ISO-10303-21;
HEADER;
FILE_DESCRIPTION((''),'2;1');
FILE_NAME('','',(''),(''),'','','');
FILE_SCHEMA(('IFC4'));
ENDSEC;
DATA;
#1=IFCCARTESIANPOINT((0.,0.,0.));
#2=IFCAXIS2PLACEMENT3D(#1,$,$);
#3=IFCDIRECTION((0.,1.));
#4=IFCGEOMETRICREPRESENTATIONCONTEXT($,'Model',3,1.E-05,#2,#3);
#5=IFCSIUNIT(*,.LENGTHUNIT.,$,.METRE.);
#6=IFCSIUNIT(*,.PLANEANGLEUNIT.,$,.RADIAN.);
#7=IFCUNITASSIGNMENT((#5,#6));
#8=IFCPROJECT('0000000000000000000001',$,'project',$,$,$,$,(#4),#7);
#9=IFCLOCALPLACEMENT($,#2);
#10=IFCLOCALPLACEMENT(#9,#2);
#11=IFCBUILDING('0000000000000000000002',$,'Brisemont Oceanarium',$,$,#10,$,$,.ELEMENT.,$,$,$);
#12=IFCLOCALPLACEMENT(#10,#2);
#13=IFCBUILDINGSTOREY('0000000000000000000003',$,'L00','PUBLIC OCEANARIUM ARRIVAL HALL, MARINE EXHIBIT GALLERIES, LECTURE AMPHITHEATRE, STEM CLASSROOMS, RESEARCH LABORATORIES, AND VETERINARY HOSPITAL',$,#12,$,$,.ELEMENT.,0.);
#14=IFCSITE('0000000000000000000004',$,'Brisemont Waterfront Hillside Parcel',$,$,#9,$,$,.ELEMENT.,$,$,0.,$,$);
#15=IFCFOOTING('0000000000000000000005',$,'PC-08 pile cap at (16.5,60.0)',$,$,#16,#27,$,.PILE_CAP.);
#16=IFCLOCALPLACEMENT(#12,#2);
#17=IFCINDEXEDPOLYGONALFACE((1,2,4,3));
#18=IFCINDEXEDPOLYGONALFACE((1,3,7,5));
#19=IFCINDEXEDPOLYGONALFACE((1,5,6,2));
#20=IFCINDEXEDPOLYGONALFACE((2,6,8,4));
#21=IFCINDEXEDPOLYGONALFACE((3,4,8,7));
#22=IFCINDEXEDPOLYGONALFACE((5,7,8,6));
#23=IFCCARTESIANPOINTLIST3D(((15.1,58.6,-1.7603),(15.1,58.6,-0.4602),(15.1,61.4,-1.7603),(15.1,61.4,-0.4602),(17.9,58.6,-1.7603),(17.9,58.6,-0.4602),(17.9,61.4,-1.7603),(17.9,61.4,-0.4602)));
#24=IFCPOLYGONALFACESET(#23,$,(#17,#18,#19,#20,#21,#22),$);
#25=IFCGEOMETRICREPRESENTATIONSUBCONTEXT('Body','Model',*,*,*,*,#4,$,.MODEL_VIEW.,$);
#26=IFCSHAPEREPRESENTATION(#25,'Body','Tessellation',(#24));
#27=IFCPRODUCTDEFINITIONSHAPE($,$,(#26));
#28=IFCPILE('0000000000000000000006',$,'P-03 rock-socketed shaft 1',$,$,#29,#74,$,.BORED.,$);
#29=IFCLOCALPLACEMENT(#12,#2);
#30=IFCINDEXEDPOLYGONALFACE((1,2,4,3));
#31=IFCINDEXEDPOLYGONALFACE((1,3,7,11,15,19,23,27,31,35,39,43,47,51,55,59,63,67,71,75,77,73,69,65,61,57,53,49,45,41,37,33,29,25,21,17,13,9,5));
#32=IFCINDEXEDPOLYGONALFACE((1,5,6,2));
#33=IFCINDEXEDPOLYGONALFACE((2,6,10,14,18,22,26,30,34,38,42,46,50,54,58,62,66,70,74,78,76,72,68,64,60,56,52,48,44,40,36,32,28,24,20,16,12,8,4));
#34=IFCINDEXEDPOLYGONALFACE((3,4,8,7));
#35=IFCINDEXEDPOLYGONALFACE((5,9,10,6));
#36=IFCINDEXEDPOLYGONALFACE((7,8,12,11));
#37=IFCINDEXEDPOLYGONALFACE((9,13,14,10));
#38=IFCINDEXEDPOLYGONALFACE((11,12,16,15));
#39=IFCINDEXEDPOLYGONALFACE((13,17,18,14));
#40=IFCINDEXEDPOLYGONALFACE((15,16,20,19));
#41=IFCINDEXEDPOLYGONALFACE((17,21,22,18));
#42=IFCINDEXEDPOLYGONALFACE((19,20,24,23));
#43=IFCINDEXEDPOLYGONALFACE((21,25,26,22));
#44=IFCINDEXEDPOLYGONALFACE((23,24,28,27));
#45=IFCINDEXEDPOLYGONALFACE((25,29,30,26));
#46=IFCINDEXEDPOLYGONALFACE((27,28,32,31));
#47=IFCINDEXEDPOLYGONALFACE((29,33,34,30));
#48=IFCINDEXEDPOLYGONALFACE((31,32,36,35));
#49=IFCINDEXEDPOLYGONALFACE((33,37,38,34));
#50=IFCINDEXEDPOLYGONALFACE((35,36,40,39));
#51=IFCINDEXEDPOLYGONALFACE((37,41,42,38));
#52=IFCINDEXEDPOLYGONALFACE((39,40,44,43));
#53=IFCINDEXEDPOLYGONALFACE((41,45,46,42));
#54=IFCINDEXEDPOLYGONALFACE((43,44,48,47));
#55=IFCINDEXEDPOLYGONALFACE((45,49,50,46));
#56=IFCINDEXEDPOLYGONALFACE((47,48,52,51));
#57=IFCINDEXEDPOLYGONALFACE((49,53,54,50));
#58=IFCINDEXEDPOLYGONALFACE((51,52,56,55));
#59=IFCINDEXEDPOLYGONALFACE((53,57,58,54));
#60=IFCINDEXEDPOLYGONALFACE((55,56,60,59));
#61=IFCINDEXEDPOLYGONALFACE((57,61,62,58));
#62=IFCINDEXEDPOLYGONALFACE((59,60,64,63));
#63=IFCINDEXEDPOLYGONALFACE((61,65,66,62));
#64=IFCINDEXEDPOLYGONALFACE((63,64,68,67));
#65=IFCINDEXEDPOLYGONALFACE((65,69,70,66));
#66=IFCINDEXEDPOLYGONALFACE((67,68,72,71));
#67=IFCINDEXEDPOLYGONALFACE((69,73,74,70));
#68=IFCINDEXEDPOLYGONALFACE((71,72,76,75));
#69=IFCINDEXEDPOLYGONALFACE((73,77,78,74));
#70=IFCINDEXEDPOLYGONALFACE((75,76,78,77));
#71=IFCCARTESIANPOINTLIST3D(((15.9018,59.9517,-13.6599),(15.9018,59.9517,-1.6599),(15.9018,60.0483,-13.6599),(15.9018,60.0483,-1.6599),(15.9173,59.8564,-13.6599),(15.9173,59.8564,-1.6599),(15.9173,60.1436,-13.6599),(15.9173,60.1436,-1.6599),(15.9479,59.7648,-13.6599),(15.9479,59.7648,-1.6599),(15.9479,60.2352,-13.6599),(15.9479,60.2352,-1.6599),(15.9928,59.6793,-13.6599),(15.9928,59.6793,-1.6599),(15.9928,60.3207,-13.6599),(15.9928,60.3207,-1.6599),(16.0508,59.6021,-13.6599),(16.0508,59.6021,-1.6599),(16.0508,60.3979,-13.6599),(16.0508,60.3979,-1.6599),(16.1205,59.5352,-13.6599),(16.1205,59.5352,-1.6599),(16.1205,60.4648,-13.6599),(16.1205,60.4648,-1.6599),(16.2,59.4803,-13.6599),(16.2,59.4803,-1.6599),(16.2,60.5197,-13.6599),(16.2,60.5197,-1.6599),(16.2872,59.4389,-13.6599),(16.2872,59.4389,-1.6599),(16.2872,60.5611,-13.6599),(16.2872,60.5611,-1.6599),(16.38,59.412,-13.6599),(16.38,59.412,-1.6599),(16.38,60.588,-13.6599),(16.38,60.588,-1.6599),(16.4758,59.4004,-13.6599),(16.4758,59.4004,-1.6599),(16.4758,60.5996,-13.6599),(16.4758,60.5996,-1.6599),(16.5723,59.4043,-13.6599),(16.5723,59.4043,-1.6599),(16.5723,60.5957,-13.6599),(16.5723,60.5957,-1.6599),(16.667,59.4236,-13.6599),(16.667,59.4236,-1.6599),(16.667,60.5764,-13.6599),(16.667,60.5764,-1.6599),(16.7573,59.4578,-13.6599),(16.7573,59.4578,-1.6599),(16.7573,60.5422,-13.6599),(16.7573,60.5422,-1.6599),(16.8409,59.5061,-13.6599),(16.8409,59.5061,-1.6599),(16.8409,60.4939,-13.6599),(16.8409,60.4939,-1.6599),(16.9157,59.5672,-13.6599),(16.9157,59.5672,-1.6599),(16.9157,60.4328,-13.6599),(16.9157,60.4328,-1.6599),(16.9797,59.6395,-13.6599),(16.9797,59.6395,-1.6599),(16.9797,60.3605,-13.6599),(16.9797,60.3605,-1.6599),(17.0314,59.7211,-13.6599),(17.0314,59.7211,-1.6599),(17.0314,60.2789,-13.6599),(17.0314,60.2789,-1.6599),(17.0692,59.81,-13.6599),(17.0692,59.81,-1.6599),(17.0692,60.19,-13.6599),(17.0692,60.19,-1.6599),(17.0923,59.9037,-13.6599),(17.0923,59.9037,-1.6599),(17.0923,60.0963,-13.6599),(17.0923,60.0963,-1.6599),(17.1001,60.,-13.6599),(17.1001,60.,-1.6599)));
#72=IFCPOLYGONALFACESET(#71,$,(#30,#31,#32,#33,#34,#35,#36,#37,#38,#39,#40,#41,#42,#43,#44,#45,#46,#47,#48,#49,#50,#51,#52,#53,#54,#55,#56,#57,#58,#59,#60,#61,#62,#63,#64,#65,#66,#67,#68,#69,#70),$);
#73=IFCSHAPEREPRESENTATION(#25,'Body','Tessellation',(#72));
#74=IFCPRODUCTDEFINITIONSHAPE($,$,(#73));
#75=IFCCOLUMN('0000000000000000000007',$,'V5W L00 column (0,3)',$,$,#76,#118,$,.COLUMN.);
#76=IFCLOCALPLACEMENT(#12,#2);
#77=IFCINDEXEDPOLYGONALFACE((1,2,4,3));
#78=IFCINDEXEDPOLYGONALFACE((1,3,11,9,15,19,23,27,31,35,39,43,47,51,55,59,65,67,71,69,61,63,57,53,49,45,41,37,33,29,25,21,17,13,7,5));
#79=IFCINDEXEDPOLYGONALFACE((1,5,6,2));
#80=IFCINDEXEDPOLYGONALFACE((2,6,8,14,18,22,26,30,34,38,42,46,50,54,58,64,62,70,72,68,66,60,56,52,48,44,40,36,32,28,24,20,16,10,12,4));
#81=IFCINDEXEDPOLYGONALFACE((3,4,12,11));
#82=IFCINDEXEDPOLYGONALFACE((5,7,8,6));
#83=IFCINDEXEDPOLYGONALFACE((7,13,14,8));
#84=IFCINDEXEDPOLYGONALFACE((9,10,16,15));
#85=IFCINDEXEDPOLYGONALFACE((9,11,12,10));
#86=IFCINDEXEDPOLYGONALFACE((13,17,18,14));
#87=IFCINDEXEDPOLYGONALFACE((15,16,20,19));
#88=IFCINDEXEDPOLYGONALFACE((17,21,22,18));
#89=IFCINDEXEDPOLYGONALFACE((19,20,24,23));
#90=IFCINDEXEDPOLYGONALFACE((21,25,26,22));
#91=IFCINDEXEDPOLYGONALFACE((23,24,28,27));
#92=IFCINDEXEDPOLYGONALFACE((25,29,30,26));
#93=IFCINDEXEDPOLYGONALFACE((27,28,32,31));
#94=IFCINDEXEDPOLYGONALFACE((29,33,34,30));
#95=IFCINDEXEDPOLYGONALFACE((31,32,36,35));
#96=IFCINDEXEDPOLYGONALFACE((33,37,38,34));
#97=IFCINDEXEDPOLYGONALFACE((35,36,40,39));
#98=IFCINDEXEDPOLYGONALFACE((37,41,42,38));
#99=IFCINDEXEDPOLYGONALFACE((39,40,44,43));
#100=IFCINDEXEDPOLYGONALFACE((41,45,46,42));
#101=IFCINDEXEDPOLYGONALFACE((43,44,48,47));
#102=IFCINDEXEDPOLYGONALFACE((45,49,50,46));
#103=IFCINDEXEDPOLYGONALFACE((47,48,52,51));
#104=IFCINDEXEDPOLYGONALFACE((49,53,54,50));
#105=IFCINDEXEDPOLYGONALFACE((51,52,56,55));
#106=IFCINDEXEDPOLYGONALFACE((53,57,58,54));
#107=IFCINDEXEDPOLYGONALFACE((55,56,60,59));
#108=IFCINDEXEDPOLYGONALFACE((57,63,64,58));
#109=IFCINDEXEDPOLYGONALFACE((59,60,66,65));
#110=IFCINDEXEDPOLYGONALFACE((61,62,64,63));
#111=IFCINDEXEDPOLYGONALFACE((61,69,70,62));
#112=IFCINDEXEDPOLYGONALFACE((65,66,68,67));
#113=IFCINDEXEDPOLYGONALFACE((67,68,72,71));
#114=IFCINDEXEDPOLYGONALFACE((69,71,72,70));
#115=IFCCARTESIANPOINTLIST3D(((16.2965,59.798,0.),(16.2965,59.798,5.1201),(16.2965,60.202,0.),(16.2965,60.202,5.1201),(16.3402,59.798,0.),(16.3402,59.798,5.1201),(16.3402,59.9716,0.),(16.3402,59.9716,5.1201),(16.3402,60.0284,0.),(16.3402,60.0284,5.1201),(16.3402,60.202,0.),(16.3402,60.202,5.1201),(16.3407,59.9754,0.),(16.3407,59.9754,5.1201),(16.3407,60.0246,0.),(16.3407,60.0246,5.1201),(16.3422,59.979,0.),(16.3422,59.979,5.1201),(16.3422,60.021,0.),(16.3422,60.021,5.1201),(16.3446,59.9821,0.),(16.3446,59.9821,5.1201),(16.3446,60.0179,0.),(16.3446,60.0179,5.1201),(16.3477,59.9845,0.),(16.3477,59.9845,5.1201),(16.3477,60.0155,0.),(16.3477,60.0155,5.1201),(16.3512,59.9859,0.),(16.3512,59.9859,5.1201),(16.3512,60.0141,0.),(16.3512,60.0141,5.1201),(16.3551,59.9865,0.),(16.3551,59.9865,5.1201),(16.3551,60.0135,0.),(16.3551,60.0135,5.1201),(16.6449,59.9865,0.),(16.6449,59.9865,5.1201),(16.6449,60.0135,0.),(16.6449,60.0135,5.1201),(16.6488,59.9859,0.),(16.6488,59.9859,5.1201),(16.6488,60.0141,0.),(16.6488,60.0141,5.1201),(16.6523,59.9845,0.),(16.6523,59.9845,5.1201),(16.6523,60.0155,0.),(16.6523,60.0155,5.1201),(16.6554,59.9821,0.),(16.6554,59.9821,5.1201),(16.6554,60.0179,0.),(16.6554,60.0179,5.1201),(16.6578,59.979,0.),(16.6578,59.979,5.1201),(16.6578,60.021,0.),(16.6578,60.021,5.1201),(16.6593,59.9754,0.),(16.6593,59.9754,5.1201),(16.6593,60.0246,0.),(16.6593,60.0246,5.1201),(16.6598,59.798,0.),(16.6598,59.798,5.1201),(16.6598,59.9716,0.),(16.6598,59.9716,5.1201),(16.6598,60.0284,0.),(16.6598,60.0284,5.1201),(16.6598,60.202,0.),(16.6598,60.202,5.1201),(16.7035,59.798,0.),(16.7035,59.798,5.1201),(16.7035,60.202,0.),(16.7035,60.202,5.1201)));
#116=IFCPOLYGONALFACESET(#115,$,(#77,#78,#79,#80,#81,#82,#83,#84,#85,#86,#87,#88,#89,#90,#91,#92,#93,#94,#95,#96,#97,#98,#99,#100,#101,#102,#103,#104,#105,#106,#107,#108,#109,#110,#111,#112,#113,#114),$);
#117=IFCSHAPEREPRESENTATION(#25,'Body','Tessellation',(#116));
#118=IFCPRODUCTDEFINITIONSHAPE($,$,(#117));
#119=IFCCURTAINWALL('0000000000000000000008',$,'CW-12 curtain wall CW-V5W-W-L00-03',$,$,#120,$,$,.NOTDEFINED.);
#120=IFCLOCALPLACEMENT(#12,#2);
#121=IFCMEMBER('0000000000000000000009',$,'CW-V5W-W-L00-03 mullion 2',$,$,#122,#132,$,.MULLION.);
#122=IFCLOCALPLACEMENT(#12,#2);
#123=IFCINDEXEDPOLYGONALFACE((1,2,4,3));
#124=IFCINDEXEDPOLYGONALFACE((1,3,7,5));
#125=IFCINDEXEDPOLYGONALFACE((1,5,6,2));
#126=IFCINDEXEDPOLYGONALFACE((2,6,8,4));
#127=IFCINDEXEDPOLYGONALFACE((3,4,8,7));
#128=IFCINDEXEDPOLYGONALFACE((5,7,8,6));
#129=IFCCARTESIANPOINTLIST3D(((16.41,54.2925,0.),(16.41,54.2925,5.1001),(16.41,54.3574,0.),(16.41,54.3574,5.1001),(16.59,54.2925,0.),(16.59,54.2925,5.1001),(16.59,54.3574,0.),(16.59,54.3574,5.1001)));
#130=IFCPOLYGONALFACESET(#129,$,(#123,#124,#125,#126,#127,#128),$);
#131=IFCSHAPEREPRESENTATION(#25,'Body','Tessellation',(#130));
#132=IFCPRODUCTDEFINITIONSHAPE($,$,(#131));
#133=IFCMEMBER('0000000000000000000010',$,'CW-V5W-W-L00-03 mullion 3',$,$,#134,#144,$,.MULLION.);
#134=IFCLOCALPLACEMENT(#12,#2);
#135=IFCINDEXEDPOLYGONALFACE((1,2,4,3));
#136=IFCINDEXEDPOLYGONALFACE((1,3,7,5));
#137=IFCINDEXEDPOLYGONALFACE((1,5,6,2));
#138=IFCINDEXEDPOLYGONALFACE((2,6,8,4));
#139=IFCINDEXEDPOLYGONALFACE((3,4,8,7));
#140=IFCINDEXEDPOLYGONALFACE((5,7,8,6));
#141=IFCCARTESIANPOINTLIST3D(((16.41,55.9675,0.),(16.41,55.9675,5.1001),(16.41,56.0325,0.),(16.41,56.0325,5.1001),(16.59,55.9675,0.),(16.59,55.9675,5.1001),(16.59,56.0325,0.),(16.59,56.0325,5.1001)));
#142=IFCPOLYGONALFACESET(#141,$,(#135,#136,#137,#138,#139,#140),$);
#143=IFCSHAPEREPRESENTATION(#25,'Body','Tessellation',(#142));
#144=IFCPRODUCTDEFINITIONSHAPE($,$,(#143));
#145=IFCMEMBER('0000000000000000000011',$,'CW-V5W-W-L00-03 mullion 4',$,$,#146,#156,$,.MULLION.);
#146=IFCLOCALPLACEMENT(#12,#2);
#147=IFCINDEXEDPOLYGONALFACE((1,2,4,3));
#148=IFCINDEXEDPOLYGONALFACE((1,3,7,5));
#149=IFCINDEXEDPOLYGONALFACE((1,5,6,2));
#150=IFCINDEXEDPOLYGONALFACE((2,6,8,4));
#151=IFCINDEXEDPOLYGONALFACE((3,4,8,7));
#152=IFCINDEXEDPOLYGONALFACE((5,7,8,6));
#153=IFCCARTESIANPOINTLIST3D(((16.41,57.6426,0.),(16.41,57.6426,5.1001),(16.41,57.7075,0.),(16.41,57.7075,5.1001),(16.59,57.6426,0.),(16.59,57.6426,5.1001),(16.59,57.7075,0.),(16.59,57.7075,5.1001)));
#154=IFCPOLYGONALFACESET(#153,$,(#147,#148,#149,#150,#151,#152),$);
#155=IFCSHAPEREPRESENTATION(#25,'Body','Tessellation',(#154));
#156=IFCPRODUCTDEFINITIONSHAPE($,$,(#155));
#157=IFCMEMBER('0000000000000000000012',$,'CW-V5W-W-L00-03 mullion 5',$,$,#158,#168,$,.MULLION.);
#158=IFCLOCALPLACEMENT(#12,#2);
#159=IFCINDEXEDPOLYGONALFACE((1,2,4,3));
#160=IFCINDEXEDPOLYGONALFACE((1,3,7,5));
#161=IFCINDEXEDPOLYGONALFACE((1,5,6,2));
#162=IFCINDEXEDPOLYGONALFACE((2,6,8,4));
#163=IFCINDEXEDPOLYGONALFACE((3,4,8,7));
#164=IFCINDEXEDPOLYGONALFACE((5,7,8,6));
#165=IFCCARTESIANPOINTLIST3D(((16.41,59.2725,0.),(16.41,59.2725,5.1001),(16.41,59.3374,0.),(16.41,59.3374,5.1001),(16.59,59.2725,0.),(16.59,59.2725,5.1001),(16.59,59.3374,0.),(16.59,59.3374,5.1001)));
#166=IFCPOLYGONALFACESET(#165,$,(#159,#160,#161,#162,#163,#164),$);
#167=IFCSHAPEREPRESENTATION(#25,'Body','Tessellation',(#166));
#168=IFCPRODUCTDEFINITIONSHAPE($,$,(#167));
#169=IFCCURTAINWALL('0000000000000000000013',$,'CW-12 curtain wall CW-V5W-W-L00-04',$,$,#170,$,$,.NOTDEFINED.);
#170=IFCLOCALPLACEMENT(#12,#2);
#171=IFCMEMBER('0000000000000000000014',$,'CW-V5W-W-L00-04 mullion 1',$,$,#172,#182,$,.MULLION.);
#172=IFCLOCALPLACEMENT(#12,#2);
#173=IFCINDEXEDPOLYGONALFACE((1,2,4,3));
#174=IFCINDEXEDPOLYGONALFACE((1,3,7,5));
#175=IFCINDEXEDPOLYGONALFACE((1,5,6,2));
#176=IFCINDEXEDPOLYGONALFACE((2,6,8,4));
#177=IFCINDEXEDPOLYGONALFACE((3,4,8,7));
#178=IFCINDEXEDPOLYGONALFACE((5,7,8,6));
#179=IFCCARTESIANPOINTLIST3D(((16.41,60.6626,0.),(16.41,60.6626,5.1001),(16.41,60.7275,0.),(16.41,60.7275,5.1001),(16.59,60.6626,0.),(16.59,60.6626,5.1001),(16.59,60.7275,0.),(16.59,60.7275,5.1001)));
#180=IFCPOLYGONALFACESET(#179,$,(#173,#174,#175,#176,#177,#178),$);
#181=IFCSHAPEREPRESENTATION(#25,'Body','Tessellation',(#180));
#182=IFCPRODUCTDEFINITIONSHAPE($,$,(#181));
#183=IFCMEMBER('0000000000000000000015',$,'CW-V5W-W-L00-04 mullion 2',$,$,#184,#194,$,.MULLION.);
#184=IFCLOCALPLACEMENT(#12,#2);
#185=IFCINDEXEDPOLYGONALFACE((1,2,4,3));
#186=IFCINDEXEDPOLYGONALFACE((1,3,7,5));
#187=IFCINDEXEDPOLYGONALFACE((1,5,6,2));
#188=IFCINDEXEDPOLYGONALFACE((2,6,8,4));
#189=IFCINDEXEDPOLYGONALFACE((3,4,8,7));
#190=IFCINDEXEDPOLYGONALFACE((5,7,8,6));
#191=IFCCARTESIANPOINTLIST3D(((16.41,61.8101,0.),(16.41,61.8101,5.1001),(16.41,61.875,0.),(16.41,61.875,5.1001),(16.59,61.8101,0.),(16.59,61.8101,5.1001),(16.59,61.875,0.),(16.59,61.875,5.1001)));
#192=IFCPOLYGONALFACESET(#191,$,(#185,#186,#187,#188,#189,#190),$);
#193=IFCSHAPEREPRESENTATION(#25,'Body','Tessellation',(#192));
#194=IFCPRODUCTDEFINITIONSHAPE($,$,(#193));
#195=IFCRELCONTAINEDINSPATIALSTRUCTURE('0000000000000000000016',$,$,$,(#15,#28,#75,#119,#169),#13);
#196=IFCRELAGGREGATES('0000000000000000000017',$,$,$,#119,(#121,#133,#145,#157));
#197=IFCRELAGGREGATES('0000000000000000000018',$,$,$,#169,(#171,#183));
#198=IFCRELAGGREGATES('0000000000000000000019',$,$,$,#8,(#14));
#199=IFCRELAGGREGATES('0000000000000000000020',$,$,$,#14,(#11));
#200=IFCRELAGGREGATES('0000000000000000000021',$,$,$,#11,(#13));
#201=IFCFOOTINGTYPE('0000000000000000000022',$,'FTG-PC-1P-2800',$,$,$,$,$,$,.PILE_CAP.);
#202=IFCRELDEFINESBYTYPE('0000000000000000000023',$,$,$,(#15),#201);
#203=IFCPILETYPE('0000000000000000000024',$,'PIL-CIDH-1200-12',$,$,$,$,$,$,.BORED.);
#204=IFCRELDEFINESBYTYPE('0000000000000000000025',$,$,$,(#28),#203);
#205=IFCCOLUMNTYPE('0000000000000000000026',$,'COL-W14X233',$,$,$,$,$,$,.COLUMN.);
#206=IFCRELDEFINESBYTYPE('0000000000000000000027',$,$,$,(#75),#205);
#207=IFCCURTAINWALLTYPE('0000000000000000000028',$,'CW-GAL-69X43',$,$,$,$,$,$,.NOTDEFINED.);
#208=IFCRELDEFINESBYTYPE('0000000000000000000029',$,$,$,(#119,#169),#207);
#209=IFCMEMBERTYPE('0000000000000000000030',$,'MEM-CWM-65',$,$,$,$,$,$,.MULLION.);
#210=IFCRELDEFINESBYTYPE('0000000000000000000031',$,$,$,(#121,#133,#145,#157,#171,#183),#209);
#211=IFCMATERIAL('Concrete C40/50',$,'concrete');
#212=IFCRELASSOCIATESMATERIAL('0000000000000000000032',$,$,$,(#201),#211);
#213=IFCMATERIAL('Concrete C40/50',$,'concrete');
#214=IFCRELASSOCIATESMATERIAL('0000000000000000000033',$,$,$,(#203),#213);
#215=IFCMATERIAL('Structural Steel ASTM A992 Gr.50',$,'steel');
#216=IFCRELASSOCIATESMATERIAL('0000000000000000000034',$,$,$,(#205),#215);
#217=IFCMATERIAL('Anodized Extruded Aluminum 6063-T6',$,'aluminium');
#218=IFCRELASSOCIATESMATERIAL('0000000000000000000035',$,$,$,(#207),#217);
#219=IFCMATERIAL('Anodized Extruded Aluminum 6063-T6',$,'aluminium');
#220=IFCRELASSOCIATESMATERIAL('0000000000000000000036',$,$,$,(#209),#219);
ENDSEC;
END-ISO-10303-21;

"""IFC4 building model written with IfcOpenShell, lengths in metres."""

from ifc_helpers import new_model, si_unit, direction, frame, origin, origin_2d, place, context, subcontext, project, spatial, rectangle, circle, i_section, extrude, material, material_profile, profile_set, type_object, element, aggregate, save


model = new_model("IFC4")

# Units and contexts
model_context = context("Model", 3, precision=1e-05, world=origin(), true_north=direction((0.0, 1.0)))
body_context = subcontext(model_context, "Body", "Model", "MODEL_VIEW")
ifc_project = project(units=[si_unit("LENGTHUNIT", "METRE"), si_unit("PLANEANGLEUNIT", "RADIAN")], contexts=[model_context])

# Site, building, storey
site_placement = place(None, origin())
site = spatial("IfcSite", under=ifc_project, at=site_placement, Name="Brisemont Waterfront Hillside Parcel", CompositionType="ELEMENT", RefElevation=0.0)
building_placement = place(site_placement, origin())
building = spatial("IfcBuilding", under=site, at=building_placement, Name="Brisemont Oceanarium", CompositionType="ELEMENT")
storey_placement = place(building_placement, origin())
storey = spatial("IfcBuildingStorey", under=building, at=storey_placement, Name="L00", Description="PUBLIC OCEANARIUM ARRIVAL HALL, MARINE EXHIBIT GALLERIES, LECTURE AMPHITHEATRE, STEM CLASSROOMS, RESEARCH LABORATORIES, AND VETERINARY HOSPITAL", CompositionType="ELEMENT", Elevation=0.0)

# Footing
ifc_material_1 = material(Name="Concrete C40/50", Category="concrete")
footing_type = type_object("IfcFootingType", Name="FTG-PC-1P-2800", PredefinedType="PILE_CAP", material=ifc_material_1)
footing_placement = place(storey_placement, frame((16.5, 60.0, -1.7603), z_axis=(0.0, 0.0, 1.0), x_axis=(1.0, 0.0, 0.0)))
element("IfcFooting", 1, at=footing_placement, inside=storey, type_object=footing_type, Name="PC-08 pile cap at (16.5,60.0)", PredefinedType="PILE_CAP", context=body_context, shape_type="SweptSolid", body=[
    extrude(rectangle(XDim=2.8, YDim=2.8, at=origin_2d()), origin(), (0.0, 0.0, 1.0), 1.3),
])

# Pile
ifc_material_2 = material(Name="Concrete C40/50", Category="concrete")
ifc_material_profile_1 = material_profile(ifc_material_2, circle(Radius=0.6001, at=origin_2d()), Name="CIDH-D1200")
ifc_profile_set_1 = profile_set([ifc_material_profile_1], Name="Concrete C40/50")
pile_type = type_object("IfcPileType", Name="PIL-CIDH-1200-12", PredefinedType="BORED", material=ifc_profile_set_1)
pile_placement = place(storey_placement, frame((16.5, 60.0, -1.6599), z_axis=(0.0, 0.0, -1.0), x_axis=(1.0, 0.0, 0.0)))
element("IfcPile", 2, at=pile_placement, inside=storey, type_object=pile_type, Name="P-03 rock-socketed shaft 1", PredefinedType="BORED", context=body_context, shape_type="SweptSolid", body=[
    extrude(circle(Radius=0.6001, at=origin_2d()), origin(), (0.0, 0.0, 1.0), 12.0),
])

# Column
ifc_material_3 = material(Name="Structural Steel ASTM A992 Gr.50", Category="steel")
ifc_material_profile_2 = material_profile(ifc_material_3, i_section(OverallWidth=0.4041, OverallDepth=0.407, WebThickness=0.0271, FlangeThickness=0.0437, FilletRadius=0.0149, at=origin_2d()), Name="W14X233")
ifc_profile_set_2 = profile_set([ifc_material_profile_2], Name="Structural Steel ASTM A992 Gr.50")
column_type = type_object("IfcColumnType", Name="COL-W14X233", PredefinedType="COLUMN", material=ifc_profile_set_2)
column_placement = place(storey_placement, frame((16.5, 60.0, 0.0), z_axis=(0.0, 0.0, 1.0), x_axis=(0.0, 1.0, 0.0)))
element("IfcColumn", 3, at=column_placement, inside=storey, type_object=column_type, Name="V5W L00 column (0,3)", PredefinedType="COLUMN", context=body_context, shape_type="SweptSolid", body=[
    extrude(i_section(OverallWidth=0.4041, OverallDepth=0.407, WebThickness=0.0271, FlangeThickness=0.0437, FilletRadius=0.0149, at=origin_2d()), origin(), (0.0, 0.0, 1.0), 5.1201),
])

# Curtain walls, members
ifc_material_4 = material(Name="Anodized Extruded Aluminum 6063-T6", Category="aluminium")
curtain_wall_type = type_object("IfcCurtainWallType", Name="CW-GAL-69X43", PredefinedType="NOTDEFINED", material=ifc_material_4)
curtain_wall_1_placement = place(storey_placement, origin())
curtain_wall_1 = element("IfcCurtainWall", 4, at=curtain_wall_1_placement, inside=storey, type_object=curtain_wall_type, Name="CW-12 curtain wall CW-V5W-W-L00-03", PredefinedType="NOTDEFINED")
ifc_material_5 = material(Name="Anodized Extruded Aluminum 6063-T6", Category="aluminium")
ifc_material_profile_3 = material_profile(ifc_material_5, rectangle(XDim=0.0649, YDim=0.1799, at=origin_2d()), Name="CWM-65X180")
ifc_profile_set_3 = profile_set([ifc_material_profile_3], Name="Anodized Extruded Aluminum 6063-T6")
member_type_1 = type_object("IfcMemberType", Name="MEM-CWM-65", PredefinedType="MULLION", material=ifc_profile_set_3)
member_1_placement = place(storey_placement, frame((16.5, 54.325, 0.0), z_axis=(0.0, 0.0, 1.0), x_axis=(0.0, 1.0, 0.0)))
member_1 = element("IfcMember", 5, at=member_1_placement, type_object=member_type_1, Name="CW-V5W-W-L00-03 mullion 2", PredefinedType="MULLION", context=body_context, shape_type="SweptSolid", body=[
    extrude(rectangle(XDim=0.0649, YDim=0.1799, at=origin_2d()), origin(), (0.0, 0.0, 1.0), 5.1001),
])
member_2_placement = place(storey_placement, frame((16.5, 56.0, 0.0), z_axis=(0.0, 0.0, 1.0), x_axis=(0.0, 1.0, 0.0)))
member_2 = element("IfcMember", 6, at=member_2_placement, type_object=member_type_1, Name="CW-V5W-W-L00-03 mullion 3", PredefinedType="MULLION", context=body_context, shape_type="SweptSolid", body=[
    extrude(rectangle(XDim=0.0649, YDim=0.1799, at=origin_2d()), origin(), (0.0, 0.0, 1.0), 5.1001),
])
member_3_placement = place(storey_placement, frame((16.5, 57.675, 0.0), z_axis=(0.0, 0.0, 1.0), x_axis=(0.0, 1.0, 0.0)))
member_3 = element("IfcMember", 7, at=member_3_placement, type_object=member_type_1, Name="CW-V5W-W-L00-03 mullion 4", PredefinedType="MULLION", context=body_context, shape_type="SweptSolid", body=[
    extrude(rectangle(XDim=0.0649, YDim=0.1799, at=origin_2d()), origin(), (0.0, 0.0, 1.0), 5.1001),
])
member_4_placement = place(storey_placement, frame((16.5, 59.3049, 0.0), z_axis=(0.0, 0.0, 1.0), x_axis=(0.0, 1.0, 0.0)))
member_4 = element("IfcMember", 8, at=member_4_placement, type_object=member_type_1, Name="CW-V5W-W-L00-03 mullion 5", PredefinedType="MULLION", context=body_context, shape_type="SweptSolid", body=[
    extrude(rectangle(XDim=0.0649, YDim=0.1799, at=origin_2d()), origin(), (0.0, 0.0, 1.0), 5.1001),
])
curtain_wall_2_placement = place(storey_placement, origin())
curtain_wall_2 = element("IfcCurtainWall", 9, at=curtain_wall_2_placement, inside=storey, type_object=curtain_wall_type, Name="CW-12 curtain wall CW-V5W-W-L00-04", PredefinedType="NOTDEFINED")
member_5_placement = place(storey_placement, frame((16.5, 60.6951, 0.0), z_axis=(0.0, 0.0, 1.0), x_axis=(0.0, 1.0, 0.0)))
member_5 = element("IfcMember", 10, at=member_5_placement, type_object=member_type_1, Name="CW-V5W-W-L00-04 mullion 1", PredefinedType="MULLION", context=body_context, shape_type="SweptSolid", body=[
    extrude(rectangle(XDim=0.0649, YDim=0.1799, at=origin_2d()), origin(), (0.0, 0.0, 1.0), 5.1001),
])
member_6_placement = place(storey_placement, frame((16.5, 61.8425, 0.0), z_axis=(0.0, 0.0, 1.0), x_axis=(0.0, 1.0, 0.0)))
member_6 = element("IfcMember", 11, at=member_6_placement, type_object=member_type_1, Name="CW-V5W-W-L00-04 mullion 2", PredefinedType="MULLION", context=body_context, shape_type="SweptSolid", body=[
    extrude(rectangle(XDim=0.0649, YDim=0.1799, at=origin_2d()), origin(), (0.0, 0.0, 1.0), 5.1001),
])

aggregate(curtain_wall_1, [member_1, member_2, member_3, member_4])
aggregate(curtain_wall_2, [member_5, member_6])

save(model, "model.ifc")
